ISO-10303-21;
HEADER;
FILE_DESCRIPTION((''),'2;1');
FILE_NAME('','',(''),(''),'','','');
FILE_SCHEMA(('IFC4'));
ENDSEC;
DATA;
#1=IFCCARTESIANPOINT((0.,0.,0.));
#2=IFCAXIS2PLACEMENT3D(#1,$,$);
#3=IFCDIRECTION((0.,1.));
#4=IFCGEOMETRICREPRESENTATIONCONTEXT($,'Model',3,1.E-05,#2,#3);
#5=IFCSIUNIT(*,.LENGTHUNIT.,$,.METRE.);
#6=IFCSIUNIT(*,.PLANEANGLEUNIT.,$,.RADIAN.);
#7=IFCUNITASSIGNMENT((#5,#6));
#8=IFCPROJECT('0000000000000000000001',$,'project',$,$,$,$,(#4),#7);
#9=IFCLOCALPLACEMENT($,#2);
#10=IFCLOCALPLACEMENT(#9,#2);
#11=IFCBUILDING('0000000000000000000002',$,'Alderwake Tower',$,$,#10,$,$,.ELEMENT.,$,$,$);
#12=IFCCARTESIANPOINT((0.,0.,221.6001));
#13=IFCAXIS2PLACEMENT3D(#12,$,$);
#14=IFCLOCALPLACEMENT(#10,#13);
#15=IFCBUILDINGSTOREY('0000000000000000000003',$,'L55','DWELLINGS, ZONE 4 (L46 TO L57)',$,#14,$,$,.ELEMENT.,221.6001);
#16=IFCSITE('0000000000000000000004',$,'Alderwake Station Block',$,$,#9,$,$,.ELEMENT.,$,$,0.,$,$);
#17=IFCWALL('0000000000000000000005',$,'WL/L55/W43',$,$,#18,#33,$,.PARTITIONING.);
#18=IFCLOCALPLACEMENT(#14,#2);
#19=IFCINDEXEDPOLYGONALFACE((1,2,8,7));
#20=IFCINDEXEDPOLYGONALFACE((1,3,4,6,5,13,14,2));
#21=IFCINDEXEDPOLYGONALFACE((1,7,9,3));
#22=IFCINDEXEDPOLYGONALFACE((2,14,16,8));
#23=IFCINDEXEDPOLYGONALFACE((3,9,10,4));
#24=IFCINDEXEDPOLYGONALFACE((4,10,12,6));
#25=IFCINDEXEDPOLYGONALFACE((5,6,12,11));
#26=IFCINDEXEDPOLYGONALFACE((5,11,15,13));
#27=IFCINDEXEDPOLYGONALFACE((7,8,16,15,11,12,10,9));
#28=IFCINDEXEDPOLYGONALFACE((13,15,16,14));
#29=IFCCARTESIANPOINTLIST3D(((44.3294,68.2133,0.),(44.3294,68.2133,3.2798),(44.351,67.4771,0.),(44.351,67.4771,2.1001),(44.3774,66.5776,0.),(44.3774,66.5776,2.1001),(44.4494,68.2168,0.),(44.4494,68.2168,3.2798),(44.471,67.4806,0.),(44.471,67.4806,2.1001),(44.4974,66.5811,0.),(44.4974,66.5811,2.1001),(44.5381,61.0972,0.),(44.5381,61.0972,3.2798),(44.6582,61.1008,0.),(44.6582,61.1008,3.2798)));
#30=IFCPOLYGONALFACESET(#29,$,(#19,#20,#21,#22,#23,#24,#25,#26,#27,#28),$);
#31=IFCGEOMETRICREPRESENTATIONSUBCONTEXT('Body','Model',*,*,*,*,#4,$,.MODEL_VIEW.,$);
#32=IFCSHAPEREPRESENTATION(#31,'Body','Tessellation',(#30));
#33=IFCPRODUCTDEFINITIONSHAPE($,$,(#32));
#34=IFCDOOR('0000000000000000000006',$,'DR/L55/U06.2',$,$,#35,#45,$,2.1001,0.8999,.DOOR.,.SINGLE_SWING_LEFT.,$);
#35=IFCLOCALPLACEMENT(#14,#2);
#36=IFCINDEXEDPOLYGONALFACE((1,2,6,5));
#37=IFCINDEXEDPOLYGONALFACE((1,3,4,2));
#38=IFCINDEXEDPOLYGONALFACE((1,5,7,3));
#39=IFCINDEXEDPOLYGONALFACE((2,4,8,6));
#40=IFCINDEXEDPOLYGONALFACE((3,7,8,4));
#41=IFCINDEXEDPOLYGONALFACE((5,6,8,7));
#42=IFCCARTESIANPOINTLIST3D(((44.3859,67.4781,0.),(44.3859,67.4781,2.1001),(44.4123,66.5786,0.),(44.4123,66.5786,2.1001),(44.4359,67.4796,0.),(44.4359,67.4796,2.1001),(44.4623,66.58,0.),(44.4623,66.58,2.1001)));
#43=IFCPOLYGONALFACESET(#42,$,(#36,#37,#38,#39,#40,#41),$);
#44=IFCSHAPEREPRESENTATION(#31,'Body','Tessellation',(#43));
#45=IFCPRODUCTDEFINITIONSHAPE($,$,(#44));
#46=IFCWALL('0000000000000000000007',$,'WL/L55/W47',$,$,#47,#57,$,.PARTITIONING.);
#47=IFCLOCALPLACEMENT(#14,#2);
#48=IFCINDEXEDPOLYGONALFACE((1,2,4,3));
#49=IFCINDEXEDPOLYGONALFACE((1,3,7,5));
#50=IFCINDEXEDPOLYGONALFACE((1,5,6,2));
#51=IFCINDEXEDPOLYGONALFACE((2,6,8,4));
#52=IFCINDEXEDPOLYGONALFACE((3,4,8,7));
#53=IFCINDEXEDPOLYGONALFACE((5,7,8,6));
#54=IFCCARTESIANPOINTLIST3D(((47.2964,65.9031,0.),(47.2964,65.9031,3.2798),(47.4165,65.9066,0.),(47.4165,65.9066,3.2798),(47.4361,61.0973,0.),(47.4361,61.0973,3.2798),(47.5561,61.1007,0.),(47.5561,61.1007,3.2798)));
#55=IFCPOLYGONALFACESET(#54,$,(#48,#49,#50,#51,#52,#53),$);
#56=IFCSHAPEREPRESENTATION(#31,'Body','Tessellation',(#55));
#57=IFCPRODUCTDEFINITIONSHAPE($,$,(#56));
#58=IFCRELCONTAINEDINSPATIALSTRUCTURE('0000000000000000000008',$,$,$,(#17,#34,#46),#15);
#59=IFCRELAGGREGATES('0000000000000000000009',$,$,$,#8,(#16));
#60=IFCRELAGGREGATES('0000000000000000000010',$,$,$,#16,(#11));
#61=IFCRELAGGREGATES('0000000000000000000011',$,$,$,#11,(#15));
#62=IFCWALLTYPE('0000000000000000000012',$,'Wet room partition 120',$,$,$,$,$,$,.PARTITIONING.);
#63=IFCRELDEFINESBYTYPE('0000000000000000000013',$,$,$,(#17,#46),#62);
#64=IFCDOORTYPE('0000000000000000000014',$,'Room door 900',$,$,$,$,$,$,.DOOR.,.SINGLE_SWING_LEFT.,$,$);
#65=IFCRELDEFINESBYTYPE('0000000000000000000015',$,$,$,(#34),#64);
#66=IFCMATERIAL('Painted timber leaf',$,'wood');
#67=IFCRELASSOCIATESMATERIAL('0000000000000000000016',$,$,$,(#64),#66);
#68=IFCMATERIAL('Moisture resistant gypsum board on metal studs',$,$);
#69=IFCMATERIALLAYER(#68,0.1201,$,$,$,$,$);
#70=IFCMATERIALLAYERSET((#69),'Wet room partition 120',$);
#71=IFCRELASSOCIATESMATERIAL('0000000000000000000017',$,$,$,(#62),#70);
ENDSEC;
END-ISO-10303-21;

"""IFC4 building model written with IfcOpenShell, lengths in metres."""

from ifc_helpers import new_model, si_unit, direction, frame, frame_2d, origin, place, context, subcontext, project, spatial, rectangle, extrude, material, layer, layer_set, type_object, element, fill, save


model = new_model("IFC4")

# Units and contexts
model_context = context("Model", 3, precision=1e-05, world=origin(), true_north=direction((0.0, 1.0)))
body_context = subcontext(model_context, "Body", "Model", "MODEL_VIEW")
ifc_project = project(units=[si_unit("LENGTHUNIT", "METRE"), si_unit("PLANEANGLEUNIT", "RADIAN")], contexts=[model_context])

# Site, building, storey
site_placement = place(None, origin())
site = spatial("IfcSite", under=ifc_project, at=site_placement, Name="Alderwake Station Block", CompositionType="ELEMENT", RefElevation=0.0)
building_placement = place(site_placement, origin())
building = spatial("IfcBuilding", under=site, at=building_placement, Name="Alderwake Tower", CompositionType="ELEMENT")
storey_placement = place(building_placement, frame((0.0, 0.0, 221.6001)))
storey = spatial("IfcBuildingStorey", under=building, at=storey_placement, Name="L55", Description="DWELLINGS, ZONE 4 (L46 TO L57)", CompositionType="ELEMENT", Elevation=221.6001)

# Shared definitions
ifc_material_1 = material(Name="Painted timber leaf", Category="wood")
door_type_1 = type_object("IfcDoorType", Name="Room door 900", OperationType="SINGLE_SWING_LEFT", PredefinedType="DOOR", material=ifc_material_1)

# Shared definitions
ifc_material_2 = material(Name="Moisture resistant gypsum board on metal studs")
ifc_layer_1 = layer(ifc_material_2, 0.1201)
ifc_layer_set_1 = layer_set([ifc_layer_1], Name="Wet room partition 120")
wall_type_1 = type_object("IfcWallType", Name="Wet room partition 120", PredefinedType="PARTITIONING", material=ifc_layer_set_1)

# Wall, opening, door
wall_1_placement = place(storey_placement, frame((44.3894, 68.2151, 0.0), z_axis=(0.0, 0.0, 1.0), x_axis=(0.029321, -0.99957, 0.0)))
wall_1 = element("IfcWall", 1, at=wall_1_placement, inside=storey, type_object=wall_type_1, Name="WL/L55/W43", PredefinedType="PARTITIONING", context=body_context, shape_type="SweptSolid", body=[
    extrude(rectangle(XDim=7.1191, YDim=0.1201, at=frame_2d((3.5596, 0.0))), origin(), (0.0, 0.0, 1.0), 3.2798),
])
opening_1_placement = place(wall_1_placement, frame((0.7366, 0.0, 0.0)))
opening_1 = element("IfcOpeningElement", 2, at=opening_1_placement, cuts=wall_1, PredefinedType="OPENING", context=body_context, shape_type="SweptSolid", body=[
    extrude(rectangle(XDim=0.8999, YDim=2.1001, at=frame_2d((0.45, 1.05))), frame((0.0, 0.0701, 0.0), z_axis=(0.0, -1.0, 0.0), x_axis=(1.0, 0.0, 0.0)), (0.0, 0.0, 1.0), 0.1401),
])
door_1_placement = place(opening_1_placement, origin())
door_1 = element("IfcDoor", 3, at=door_1_placement, inside=storey, type_object=door_type_1, Name="DR/L55/U06.2", OperationType="SINGLE_SWING_LEFT", OverallHeight=2.1001, OverallWidth=0.8999, PredefinedType="DOOR", context=body_context, shape_type="SweptSolid", body=[
    extrude(rectangle(XDim=0.8999, YDim=2.1001, at=frame_2d((0.45, 1.05))), frame((0.0, 0.0249, 0.0), z_axis=(0.0, -1.0, 0.0), x_axis=(1.0, 0.0, 0.0)), (0.0, 0.0, 1.0), 0.05),
])
fill(opening_1, door_1)

# Wall
wall_2_placement = place(storey_placement, frame((47.4961, 61.0991, 0.0), z_axis=(0.0, 0.0, 1.0), x_axis=(-0.029045, 0.999578, 0.0)))
element("IfcWall", 4, at=wall_2_placement, inside=storey, type_object=wall_type_1, Name="WL/L55/W47", PredefinedType="PARTITIONING", context=body_context, shape_type="SweptSolid", body=[
    extrude(rectangle(XDim=4.8079, YDim=0.1201, at=frame_2d((2.4038, 0.0))), origin(), (0.0, 0.0, 1.0), 3.2798),
])

save(model, "model.ifc")
